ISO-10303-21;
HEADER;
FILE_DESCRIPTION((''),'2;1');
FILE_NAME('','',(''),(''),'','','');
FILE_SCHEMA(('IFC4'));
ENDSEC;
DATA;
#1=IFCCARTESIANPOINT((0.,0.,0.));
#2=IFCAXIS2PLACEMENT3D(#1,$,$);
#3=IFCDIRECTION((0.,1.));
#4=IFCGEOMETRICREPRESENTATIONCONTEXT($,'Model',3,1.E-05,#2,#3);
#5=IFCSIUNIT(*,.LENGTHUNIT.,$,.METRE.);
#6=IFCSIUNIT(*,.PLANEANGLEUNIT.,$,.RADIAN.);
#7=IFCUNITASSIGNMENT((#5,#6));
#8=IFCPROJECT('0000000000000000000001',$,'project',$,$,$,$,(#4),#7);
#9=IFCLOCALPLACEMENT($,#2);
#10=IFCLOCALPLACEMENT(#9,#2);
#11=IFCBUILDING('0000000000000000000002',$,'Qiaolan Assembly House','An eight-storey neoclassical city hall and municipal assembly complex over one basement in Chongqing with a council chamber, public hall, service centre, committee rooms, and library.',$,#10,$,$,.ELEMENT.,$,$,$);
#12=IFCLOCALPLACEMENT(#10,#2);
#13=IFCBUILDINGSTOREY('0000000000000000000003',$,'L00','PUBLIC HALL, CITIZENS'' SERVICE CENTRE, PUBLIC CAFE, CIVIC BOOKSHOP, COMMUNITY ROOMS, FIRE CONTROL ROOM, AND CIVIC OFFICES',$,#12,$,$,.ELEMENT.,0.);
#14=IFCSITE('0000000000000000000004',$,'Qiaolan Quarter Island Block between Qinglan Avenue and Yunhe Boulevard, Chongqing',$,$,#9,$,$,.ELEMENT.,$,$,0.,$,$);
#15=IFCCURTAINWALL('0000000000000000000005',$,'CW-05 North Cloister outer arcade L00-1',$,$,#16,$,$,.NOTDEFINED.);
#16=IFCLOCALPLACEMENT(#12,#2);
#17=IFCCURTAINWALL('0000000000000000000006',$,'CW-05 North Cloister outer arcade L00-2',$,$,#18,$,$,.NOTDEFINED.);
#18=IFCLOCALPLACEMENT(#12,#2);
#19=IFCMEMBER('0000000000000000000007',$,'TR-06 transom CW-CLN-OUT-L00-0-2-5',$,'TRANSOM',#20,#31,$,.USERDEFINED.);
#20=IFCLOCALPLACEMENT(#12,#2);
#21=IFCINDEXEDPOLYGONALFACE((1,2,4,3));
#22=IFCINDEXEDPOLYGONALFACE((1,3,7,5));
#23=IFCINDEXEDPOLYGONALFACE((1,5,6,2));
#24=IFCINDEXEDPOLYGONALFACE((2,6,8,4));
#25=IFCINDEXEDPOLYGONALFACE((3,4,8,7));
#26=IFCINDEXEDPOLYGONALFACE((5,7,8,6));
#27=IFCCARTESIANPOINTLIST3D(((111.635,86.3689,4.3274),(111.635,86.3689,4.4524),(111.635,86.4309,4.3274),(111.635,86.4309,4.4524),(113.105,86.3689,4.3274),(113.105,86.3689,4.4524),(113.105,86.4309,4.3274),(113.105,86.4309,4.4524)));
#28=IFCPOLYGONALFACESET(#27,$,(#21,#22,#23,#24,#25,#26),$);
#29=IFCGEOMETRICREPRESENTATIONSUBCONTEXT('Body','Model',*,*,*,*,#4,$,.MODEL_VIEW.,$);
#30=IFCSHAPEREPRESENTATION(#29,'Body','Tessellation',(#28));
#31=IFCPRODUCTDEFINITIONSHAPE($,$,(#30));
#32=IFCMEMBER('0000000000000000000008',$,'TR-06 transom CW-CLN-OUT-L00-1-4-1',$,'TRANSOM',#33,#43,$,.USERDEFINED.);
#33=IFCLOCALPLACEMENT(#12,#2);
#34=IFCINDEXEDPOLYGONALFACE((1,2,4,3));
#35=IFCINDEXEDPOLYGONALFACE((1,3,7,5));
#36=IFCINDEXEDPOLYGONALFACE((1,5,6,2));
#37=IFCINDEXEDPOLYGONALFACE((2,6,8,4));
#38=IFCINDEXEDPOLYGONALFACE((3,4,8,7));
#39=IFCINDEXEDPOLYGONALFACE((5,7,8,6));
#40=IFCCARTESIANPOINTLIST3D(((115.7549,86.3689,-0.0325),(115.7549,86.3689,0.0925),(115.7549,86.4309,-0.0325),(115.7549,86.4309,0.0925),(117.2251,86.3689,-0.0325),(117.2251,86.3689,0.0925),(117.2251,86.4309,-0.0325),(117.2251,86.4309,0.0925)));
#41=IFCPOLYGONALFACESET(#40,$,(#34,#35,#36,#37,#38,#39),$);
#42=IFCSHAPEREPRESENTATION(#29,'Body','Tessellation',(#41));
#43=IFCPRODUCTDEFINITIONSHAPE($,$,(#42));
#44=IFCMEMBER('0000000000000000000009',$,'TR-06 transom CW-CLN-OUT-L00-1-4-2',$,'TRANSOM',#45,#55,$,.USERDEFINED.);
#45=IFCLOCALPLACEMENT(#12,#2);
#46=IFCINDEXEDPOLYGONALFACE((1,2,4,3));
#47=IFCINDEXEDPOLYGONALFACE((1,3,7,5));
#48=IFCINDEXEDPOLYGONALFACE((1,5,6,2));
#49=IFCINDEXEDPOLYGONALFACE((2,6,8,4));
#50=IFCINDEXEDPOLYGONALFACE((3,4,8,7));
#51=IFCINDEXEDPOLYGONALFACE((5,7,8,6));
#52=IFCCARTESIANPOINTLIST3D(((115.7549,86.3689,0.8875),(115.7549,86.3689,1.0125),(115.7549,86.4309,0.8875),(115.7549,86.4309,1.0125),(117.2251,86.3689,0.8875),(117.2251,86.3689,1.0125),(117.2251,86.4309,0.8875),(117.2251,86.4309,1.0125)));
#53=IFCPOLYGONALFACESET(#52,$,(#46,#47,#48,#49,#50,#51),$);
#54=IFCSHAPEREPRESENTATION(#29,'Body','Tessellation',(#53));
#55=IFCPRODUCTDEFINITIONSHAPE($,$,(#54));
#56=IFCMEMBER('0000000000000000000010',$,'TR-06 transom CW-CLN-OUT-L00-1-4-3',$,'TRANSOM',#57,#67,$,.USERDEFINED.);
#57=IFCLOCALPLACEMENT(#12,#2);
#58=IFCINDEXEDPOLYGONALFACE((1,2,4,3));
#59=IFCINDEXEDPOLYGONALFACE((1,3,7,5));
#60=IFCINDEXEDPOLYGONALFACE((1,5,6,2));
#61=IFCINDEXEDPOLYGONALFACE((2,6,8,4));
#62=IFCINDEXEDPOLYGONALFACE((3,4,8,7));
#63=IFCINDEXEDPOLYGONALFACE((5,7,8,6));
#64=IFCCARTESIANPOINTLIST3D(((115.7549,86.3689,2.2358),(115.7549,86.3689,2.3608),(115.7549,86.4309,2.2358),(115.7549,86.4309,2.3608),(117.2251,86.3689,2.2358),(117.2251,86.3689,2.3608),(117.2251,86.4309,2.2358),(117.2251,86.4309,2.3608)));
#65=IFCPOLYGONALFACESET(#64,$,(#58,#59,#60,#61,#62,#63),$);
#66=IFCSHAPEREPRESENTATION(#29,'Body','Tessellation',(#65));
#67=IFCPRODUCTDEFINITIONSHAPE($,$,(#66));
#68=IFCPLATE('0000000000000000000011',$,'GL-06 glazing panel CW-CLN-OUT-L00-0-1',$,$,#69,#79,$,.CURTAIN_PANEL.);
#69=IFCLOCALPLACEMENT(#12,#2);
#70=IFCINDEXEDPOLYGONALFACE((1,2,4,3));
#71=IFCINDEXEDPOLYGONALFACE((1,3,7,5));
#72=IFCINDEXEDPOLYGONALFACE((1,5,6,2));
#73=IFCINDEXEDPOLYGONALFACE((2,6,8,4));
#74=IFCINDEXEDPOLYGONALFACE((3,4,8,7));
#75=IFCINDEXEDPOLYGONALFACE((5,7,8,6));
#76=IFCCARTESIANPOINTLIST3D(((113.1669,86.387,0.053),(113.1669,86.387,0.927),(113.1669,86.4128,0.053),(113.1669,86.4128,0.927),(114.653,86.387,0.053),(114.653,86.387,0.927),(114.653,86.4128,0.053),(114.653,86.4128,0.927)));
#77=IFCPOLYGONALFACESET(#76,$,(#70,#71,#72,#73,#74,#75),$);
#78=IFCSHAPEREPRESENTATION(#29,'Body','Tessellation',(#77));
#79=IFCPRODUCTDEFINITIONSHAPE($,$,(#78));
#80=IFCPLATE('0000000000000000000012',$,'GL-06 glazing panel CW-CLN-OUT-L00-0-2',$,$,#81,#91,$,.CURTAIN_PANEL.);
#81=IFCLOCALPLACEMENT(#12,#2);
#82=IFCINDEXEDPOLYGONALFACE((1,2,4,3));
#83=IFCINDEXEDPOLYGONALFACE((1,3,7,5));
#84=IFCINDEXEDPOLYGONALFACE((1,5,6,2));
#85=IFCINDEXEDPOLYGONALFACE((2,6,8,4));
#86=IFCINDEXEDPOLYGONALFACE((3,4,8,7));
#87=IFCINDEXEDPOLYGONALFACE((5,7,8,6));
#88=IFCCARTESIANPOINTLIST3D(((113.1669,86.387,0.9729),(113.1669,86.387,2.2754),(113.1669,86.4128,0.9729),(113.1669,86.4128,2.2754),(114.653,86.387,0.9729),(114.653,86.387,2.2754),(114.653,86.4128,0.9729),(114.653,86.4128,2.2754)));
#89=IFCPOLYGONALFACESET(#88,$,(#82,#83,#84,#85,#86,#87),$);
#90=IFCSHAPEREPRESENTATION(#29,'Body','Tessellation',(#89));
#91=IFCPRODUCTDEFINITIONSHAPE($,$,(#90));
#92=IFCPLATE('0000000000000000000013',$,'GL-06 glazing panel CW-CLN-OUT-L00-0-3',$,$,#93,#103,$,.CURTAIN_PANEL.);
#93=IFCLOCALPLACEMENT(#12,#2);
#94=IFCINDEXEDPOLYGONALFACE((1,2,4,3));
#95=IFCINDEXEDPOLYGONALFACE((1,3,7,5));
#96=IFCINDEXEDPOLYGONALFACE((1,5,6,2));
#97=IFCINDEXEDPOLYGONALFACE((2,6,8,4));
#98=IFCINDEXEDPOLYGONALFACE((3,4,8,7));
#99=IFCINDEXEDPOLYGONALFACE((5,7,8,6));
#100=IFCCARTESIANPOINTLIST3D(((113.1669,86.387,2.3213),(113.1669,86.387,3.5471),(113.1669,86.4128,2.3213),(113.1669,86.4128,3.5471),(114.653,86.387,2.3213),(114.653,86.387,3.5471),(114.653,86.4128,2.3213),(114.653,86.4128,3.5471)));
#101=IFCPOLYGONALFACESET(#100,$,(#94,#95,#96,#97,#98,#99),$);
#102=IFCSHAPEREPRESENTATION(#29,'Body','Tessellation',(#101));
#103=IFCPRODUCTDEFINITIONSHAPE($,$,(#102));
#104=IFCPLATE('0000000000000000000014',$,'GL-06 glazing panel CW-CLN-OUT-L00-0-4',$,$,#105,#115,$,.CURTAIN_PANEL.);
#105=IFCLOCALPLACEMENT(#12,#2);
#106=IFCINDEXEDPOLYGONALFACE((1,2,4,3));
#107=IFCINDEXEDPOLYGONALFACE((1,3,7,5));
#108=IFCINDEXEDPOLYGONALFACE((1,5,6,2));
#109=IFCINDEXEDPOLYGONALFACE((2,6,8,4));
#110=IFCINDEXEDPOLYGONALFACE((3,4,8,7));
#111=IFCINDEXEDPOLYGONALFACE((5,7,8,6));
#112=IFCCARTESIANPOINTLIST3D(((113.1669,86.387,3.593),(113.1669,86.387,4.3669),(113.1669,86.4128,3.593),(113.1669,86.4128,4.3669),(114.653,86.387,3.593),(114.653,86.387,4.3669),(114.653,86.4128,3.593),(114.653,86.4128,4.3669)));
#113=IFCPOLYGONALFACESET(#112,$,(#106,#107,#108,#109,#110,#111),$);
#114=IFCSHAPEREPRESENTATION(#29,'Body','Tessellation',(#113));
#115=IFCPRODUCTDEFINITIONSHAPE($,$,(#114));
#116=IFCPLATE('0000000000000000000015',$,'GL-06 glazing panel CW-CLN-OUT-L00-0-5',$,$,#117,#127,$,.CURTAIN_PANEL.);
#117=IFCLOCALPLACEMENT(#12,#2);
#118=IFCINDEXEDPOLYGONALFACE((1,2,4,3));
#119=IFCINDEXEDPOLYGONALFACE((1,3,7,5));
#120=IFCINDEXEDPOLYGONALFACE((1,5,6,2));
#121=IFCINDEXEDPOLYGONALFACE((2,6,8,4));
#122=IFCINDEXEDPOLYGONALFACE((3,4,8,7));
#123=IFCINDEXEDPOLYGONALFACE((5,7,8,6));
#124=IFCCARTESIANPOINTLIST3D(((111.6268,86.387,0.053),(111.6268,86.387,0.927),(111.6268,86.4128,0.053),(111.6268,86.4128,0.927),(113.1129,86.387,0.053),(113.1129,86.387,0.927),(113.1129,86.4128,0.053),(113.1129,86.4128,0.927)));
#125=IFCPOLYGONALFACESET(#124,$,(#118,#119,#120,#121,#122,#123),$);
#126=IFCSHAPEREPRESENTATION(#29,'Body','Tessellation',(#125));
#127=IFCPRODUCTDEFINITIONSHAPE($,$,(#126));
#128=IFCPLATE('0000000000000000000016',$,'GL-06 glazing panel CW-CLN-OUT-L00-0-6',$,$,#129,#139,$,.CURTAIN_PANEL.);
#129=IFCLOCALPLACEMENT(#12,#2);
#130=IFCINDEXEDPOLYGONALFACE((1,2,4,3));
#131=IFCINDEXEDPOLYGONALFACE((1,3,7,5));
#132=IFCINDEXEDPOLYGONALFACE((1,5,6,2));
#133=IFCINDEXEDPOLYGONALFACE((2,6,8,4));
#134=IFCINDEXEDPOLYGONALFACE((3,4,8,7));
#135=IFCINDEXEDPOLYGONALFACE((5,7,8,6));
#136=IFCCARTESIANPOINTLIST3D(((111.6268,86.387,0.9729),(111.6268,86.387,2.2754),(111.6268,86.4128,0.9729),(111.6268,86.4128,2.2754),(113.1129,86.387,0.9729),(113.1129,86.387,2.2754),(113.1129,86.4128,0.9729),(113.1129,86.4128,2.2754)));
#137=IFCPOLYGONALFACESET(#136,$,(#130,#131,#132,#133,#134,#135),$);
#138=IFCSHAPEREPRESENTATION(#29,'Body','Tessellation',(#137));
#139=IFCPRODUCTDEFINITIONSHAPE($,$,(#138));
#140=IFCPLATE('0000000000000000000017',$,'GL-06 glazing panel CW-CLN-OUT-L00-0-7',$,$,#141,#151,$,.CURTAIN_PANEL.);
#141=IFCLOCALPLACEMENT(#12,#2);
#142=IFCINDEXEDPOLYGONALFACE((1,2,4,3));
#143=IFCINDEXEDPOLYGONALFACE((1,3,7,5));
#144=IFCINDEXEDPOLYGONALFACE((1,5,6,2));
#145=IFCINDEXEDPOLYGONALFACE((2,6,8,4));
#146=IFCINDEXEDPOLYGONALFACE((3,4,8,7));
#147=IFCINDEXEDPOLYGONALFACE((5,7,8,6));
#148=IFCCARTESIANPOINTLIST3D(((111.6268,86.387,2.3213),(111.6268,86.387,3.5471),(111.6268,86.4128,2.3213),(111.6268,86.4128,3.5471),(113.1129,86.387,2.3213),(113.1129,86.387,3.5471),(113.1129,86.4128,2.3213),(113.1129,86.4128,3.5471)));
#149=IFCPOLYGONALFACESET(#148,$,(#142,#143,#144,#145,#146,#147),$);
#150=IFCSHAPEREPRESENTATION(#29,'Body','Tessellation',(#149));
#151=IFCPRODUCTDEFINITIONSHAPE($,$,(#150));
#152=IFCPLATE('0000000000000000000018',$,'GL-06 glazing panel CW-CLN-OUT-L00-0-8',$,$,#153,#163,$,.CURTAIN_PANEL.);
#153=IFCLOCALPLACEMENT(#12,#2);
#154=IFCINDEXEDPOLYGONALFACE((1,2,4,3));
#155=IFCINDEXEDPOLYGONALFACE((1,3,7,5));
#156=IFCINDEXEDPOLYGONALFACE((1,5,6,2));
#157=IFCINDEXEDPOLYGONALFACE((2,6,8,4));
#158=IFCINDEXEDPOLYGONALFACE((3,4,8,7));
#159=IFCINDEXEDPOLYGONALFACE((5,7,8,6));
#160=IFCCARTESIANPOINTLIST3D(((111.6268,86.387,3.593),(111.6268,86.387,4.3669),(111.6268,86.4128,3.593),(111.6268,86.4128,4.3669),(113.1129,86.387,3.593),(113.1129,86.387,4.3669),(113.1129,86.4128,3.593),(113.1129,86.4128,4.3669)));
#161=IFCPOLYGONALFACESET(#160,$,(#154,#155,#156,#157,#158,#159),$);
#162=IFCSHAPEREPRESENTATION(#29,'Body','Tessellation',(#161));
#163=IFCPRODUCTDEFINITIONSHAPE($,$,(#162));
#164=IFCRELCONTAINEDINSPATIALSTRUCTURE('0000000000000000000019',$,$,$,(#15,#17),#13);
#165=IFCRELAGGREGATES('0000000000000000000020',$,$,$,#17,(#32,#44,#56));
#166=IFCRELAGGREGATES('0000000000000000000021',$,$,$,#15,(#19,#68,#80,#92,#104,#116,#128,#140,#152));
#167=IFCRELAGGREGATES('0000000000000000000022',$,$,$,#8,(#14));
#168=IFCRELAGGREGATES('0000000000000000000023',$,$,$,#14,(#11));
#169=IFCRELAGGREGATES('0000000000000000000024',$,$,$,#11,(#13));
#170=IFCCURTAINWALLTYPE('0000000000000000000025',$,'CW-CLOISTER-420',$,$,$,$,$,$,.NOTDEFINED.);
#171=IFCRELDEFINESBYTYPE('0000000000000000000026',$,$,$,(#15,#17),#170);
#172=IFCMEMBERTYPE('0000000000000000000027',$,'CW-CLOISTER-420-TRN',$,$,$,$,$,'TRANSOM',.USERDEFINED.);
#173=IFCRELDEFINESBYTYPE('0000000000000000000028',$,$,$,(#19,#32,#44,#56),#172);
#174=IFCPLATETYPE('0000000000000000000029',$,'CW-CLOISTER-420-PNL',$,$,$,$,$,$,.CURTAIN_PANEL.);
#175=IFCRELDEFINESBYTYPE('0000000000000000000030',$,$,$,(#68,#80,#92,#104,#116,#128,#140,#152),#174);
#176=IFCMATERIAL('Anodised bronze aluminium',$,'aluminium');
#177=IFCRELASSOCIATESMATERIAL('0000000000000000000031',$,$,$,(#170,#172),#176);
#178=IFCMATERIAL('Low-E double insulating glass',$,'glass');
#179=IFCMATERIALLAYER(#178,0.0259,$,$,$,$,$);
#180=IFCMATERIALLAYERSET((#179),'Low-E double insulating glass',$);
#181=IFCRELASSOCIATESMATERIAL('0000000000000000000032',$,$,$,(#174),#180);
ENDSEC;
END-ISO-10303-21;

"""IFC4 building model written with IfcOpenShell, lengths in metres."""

from ifc_helpers import new_model, si_unit, direction, frame, frame_2d, origin, origin_2d, place, context, subcontext, project, spatial, rectangle, extrude, material, layer, layer_set, material_profile, profile_set, type_object, element, aggregate, save


model = new_model("IFC4")

# Units and contexts
model_context = context("Model", 3, precision=1e-05, world=origin(), true_north=direction((0.0, 1.0)))
body_context = subcontext(model_context, "Body", "Model", "MODEL_VIEW")
ifc_project = project(units=[si_unit("LENGTHUNIT", "METRE"), si_unit("PLANEANGLEUNIT", "RADIAN")], contexts=[model_context])

# Site, building, storey
site_placement = place(None, origin())
site = spatial("IfcSite", under=ifc_project, at=site_placement, Name="Qiaolan Quarter Island Block between Qinglan Avenue and Yunhe Boulevard, Chongqing", CompositionType="ELEMENT", RefElevation=0.0)
building_placement = place(site_placement, origin())
building = spatial("IfcBuilding", under=site, at=building_placement, Name="Qiaolan Assembly House", Description="An eight-storey neoclassical city hall and municipal assembly complex over one basement in Chongqing with a council chamber, public hall, service centre, committee rooms, and library.", CompositionType="ELEMENT")
storey_placement = place(building_placement, origin())
storey = spatial("IfcBuildingStorey", under=building, at=storey_placement, Name="L00", Description="PUBLIC HALL, CITIZENS' SERVICE CENTRE, PUBLIC CAFE, CIVIC BOOKSHOP, COMMUNITY ROOMS, FIRE CONTROL ROOM, AND CIVIC OFFICES", CompositionType="ELEMENT", Elevation=0.0)

# Curtain wall
ifc_material_1 = material(Name="Anodised bronze aluminium", Category="aluminium")
curtain_wall_type = type_object("IfcCurtainWallType", Name="CW-CLOISTER-420", PredefinedType="NOTDEFINED", material=ifc_material_1)
curtain_wall_1_placement = place(storey_placement, origin())
curtain_wall_1 = element("IfcCurtainWall", 1, at=curtain_wall_1_placement, inside=storey, type_object=curtain_wall_type, Name="CW-05 North Cloister outer arcade L00-1", PredefinedType="NOTDEFINED")

# Curtain wall
curtain_wall_2_placement = place(storey_placement, origin())
curtain_wall_2 = element("IfcCurtainWall", 2, at=curtain_wall_2_placement, inside=storey, type_object=curtain_wall_type, Name="CW-05 North Cloister outer arcade L00-2", PredefinedType="NOTDEFINED")

# Members
ifc_material_profile_1 = material_profile(ifc_material_1, rectangle(XDim=0.062, YDim=0.125, at=origin_2d()), Name="TRN 62x125")
ifc_profile_set_1 = profile_set([ifc_material_profile_1], Name="Anodised bronze aluminium")
member_type_1 = type_object("IfcMemberType", Name="CW-CLOISTER-420-TRN", ElementType="TRANSOM", PredefinedType="USERDEFINED", material=ifc_profile_set_1)
member_1_placement = place(storey_placement, frame((113.105, 86.3999, 4.3899), z_axis=(-1.0, 0.0, 0.0), x_axis=(0.0, -1.0, 0.0)))
member_1 = element("IfcMember", 3, at=member_1_placement, type_object=member_type_1, Name="TR-06 transom CW-CLN-OUT-L00-0-2-5", ObjectType="TRANSOM", PredefinedType="USERDEFINED", context=body_context, shape_type="SweptSolid", body=[
    extrude(rectangle(XDim=0.062, YDim=0.125, at=origin_2d()), origin(), (0.0, 0.0, 1.0), 1.47),
])
member_2_placement = place(storey_placement, frame((117.2251, 86.3999, 0.03), z_axis=(-1.0, 0.0, 0.0), x_axis=(0.0, -1.0, 0.0)))
member_2 = element("IfcMember", 4, at=member_2_placement, type_object=member_type_1, Name="TR-06 transom CW-CLN-OUT-L00-1-4-1", ObjectType="TRANSOM", PredefinedType="USERDEFINED", context=body_context, shape_type="SweptSolid", body=[
    extrude(rectangle(XDim=0.062, YDim=0.125, at=origin_2d()), origin(), (0.0, 0.0, 1.0), 1.4702),
])
member_3_placement = place(storey_placement, frame((117.2251, 86.3999, 0.95), z_axis=(-1.0, 0.0, 0.0), x_axis=(0.0, -1.0, 0.0)))
member_3 = element("IfcMember", 5, at=member_3_placement, type_object=member_type_1, Name="TR-06 transom CW-CLN-OUT-L00-1-4-2", ObjectType="TRANSOM", PredefinedType="USERDEFINED", context=body_context, shape_type="SweptSolid", body=[
    extrude(rectangle(XDim=0.062, YDim=0.125, at=origin_2d()), origin(), (0.0, 0.0, 1.0), 1.4702),
])
member_4_placement = place(storey_placement, frame((117.2251, 86.3999, 2.2983), z_axis=(-1.0, 0.0, 0.0), x_axis=(0.0, -1.0, 0.0)))
member_4 = element("IfcMember", 6, at=member_4_placement, type_object=member_type_1, Name="TR-06 transom CW-CLN-OUT-L00-1-4-3", ObjectType="TRANSOM", PredefinedType="USERDEFINED", context=body_context, shape_type="SweptSolid", body=[
    extrude(rectangle(XDim=0.062, YDim=0.125, at=origin_2d()), origin(), (0.0, 0.0, 1.0), 1.4702),
])
aggregate(curtain_wall_2, [member_2, member_3, member_4])

# Plates
ifc_material_2 = material(Name="Low-E double insulating glass", Category="glass")
ifc_layer = layer(ifc_material_2, 0.0259)
ifc_layer_set = layer_set([ifc_layer], Name="Low-E double insulating glass")
plate_type = type_object("IfcPlateType", Name="CW-CLOISTER-420-PNL", PredefinedType="CURTAIN_PANEL", material=ifc_layer_set)
plate_1_placement = place(storey_placement, frame((114.6531, 86.3999, 0.053), z_axis=(0.0, 0.0, 1.0), x_axis=(-1.0, 0.0, 0.0)))
plate_1 = element("IfcPlate", 7, at=plate_1_placement, type_object=plate_type, Name="GL-06 glazing panel CW-CLN-OUT-L00-0-1", PredefinedType="CURTAIN_PANEL", context=body_context, shape_type="SweptSolid", body=[
    extrude(rectangle(XDim=1.4861, YDim=0.0259, at=frame_2d((0.7432, 0.0))), origin(), (0.0, 0.0, 1.0), 0.874),
])
plate_2_placement = place(storey_placement, frame((114.6531, 86.3999, 0.9729), z_axis=(0.0, 0.0, 1.0), x_axis=(-1.0, 0.0, 0.0)))
plate_2 = element("IfcPlate", 8, at=plate_2_placement, type_object=plate_type, Name="GL-06 glazing panel CW-CLN-OUT-L00-0-2", PredefinedType="CURTAIN_PANEL", context=body_context, shape_type="SweptSolid", body=[
    extrude(rectangle(XDim=1.4861, YDim=0.0259, at=frame_2d((0.7432, 0.0))), origin(), (0.0, 0.0, 1.0), 1.3025),
])
plate_3_placement = place(storey_placement, frame((114.6531, 86.3999, 2.3213), z_axis=(0.0, 0.0, 1.0), x_axis=(-1.0, 0.0, 0.0)))
plate_3 = element("IfcPlate", 9, at=plate_3_placement, type_object=plate_type, Name="GL-06 glazing panel CW-CLN-OUT-L00-0-3", PredefinedType="CURTAIN_PANEL", context=body_context, shape_type="SweptSolid", body=[
    extrude(rectangle(XDim=1.4861, YDim=0.0259, at=frame_2d((0.7432, 0.0))), origin(), (0.0, 0.0, 1.0), 1.2258),
])
plate_4_placement = place(storey_placement, frame((114.6531, 86.3999, 3.593), z_axis=(0.0, 0.0, 1.0), x_axis=(-1.0, 0.0, 0.0)))
plate_4 = element("IfcPlate", 10, at=plate_4_placement, type_object=plate_type, Name="GL-06 glazing panel CW-CLN-OUT-L00-0-4", PredefinedType="CURTAIN_PANEL", context=body_context, shape_type="SweptSolid", body=[
    extrude(rectangle(XDim=1.4861, YDim=0.0259, at=frame_2d((0.7432, 0.0))), origin(), (0.0, 0.0, 1.0), 0.7739),
])
plate_5_placement = place(storey_placement, frame((113.113, 86.3999, 0.053), z_axis=(0.0, 0.0, 1.0), x_axis=(-1.0, 0.0, 0.0)))
plate_5 = element("IfcPlate", 11, at=plate_5_placement, type_object=plate_type, Name="GL-06 glazing panel CW-CLN-OUT-L00-0-5", PredefinedType="CURTAIN_PANEL", context=body_context, shape_type="SweptSolid", body=[
    extrude(rectangle(XDim=1.4861, YDim=0.0259, at=frame_2d((0.7432, 0.0))), origin(), (0.0, 0.0, 1.0), 0.874),
])
plate_6_placement = place(storey_placement, frame((113.113, 86.3999, 0.9729), z_axis=(0.0, 0.0, 1.0), x_axis=(-1.0, 0.0, 0.0)))
plate_6 = element("IfcPlate", 12, at=plate_6_placement, type_object=plate_type, Name="GL-06 glazing panel CW-CLN-OUT-L00-0-6", PredefinedType="CURTAIN_PANEL", context=body_context, shape_type="SweptSolid", body=[
    extrude(rectangle(XDim=1.4861, YDim=0.0259, at=frame_2d((0.7432, 0.0))), origin(), (0.0, 0.0, 1.0), 1.3025),
])
plate_7_placement = place(storey_placement, frame((113.113, 86.3999, 2.3213), z_axis=(0.0, 0.0, 1.0), x_axis=(-1.0, 0.0, 0.0)))
plate_7 = element("IfcPlate", 13, at=plate_7_placement, type_object=plate_type, Name="GL-06 glazing panel CW-CLN-OUT-L00-0-7", PredefinedType="CURTAIN_PANEL", context=body_context, shape_type="SweptSolid", body=[
    extrude(rectangle(XDim=1.4861, YDim=0.0259, at=frame_2d((0.7432, 0.0))), origin(), (0.0, 0.0, 1.0), 1.2258),
])
plate_8_placement = place(storey_placement, frame((113.113, 86.3999, 3.593), z_axis=(0.0, 0.0, 1.0), x_axis=(-1.0, 0.0, 0.0)))
plate_8 = element("IfcPlate", 14, at=plate_8_placement, type_object=plate_type, Name="GL-06 glazing panel CW-CLN-OUT-L00-0-8", PredefinedType="CURTAIN_PANEL", context=body_context, shape_type="SweptSolid", body=[
    extrude(rectangle(XDim=1.4861, YDim=0.0259, at=frame_2d((0.7432, 0.0))), origin(), (0.0, 0.0, 1.0), 0.7739),
])
aggregate(curtain_wall_1, [member_1, plate_1, plate_2, plate_3, plate_4, plate_5, plate_6, plate_7, plate_8])

save(model, "model.ifc")
